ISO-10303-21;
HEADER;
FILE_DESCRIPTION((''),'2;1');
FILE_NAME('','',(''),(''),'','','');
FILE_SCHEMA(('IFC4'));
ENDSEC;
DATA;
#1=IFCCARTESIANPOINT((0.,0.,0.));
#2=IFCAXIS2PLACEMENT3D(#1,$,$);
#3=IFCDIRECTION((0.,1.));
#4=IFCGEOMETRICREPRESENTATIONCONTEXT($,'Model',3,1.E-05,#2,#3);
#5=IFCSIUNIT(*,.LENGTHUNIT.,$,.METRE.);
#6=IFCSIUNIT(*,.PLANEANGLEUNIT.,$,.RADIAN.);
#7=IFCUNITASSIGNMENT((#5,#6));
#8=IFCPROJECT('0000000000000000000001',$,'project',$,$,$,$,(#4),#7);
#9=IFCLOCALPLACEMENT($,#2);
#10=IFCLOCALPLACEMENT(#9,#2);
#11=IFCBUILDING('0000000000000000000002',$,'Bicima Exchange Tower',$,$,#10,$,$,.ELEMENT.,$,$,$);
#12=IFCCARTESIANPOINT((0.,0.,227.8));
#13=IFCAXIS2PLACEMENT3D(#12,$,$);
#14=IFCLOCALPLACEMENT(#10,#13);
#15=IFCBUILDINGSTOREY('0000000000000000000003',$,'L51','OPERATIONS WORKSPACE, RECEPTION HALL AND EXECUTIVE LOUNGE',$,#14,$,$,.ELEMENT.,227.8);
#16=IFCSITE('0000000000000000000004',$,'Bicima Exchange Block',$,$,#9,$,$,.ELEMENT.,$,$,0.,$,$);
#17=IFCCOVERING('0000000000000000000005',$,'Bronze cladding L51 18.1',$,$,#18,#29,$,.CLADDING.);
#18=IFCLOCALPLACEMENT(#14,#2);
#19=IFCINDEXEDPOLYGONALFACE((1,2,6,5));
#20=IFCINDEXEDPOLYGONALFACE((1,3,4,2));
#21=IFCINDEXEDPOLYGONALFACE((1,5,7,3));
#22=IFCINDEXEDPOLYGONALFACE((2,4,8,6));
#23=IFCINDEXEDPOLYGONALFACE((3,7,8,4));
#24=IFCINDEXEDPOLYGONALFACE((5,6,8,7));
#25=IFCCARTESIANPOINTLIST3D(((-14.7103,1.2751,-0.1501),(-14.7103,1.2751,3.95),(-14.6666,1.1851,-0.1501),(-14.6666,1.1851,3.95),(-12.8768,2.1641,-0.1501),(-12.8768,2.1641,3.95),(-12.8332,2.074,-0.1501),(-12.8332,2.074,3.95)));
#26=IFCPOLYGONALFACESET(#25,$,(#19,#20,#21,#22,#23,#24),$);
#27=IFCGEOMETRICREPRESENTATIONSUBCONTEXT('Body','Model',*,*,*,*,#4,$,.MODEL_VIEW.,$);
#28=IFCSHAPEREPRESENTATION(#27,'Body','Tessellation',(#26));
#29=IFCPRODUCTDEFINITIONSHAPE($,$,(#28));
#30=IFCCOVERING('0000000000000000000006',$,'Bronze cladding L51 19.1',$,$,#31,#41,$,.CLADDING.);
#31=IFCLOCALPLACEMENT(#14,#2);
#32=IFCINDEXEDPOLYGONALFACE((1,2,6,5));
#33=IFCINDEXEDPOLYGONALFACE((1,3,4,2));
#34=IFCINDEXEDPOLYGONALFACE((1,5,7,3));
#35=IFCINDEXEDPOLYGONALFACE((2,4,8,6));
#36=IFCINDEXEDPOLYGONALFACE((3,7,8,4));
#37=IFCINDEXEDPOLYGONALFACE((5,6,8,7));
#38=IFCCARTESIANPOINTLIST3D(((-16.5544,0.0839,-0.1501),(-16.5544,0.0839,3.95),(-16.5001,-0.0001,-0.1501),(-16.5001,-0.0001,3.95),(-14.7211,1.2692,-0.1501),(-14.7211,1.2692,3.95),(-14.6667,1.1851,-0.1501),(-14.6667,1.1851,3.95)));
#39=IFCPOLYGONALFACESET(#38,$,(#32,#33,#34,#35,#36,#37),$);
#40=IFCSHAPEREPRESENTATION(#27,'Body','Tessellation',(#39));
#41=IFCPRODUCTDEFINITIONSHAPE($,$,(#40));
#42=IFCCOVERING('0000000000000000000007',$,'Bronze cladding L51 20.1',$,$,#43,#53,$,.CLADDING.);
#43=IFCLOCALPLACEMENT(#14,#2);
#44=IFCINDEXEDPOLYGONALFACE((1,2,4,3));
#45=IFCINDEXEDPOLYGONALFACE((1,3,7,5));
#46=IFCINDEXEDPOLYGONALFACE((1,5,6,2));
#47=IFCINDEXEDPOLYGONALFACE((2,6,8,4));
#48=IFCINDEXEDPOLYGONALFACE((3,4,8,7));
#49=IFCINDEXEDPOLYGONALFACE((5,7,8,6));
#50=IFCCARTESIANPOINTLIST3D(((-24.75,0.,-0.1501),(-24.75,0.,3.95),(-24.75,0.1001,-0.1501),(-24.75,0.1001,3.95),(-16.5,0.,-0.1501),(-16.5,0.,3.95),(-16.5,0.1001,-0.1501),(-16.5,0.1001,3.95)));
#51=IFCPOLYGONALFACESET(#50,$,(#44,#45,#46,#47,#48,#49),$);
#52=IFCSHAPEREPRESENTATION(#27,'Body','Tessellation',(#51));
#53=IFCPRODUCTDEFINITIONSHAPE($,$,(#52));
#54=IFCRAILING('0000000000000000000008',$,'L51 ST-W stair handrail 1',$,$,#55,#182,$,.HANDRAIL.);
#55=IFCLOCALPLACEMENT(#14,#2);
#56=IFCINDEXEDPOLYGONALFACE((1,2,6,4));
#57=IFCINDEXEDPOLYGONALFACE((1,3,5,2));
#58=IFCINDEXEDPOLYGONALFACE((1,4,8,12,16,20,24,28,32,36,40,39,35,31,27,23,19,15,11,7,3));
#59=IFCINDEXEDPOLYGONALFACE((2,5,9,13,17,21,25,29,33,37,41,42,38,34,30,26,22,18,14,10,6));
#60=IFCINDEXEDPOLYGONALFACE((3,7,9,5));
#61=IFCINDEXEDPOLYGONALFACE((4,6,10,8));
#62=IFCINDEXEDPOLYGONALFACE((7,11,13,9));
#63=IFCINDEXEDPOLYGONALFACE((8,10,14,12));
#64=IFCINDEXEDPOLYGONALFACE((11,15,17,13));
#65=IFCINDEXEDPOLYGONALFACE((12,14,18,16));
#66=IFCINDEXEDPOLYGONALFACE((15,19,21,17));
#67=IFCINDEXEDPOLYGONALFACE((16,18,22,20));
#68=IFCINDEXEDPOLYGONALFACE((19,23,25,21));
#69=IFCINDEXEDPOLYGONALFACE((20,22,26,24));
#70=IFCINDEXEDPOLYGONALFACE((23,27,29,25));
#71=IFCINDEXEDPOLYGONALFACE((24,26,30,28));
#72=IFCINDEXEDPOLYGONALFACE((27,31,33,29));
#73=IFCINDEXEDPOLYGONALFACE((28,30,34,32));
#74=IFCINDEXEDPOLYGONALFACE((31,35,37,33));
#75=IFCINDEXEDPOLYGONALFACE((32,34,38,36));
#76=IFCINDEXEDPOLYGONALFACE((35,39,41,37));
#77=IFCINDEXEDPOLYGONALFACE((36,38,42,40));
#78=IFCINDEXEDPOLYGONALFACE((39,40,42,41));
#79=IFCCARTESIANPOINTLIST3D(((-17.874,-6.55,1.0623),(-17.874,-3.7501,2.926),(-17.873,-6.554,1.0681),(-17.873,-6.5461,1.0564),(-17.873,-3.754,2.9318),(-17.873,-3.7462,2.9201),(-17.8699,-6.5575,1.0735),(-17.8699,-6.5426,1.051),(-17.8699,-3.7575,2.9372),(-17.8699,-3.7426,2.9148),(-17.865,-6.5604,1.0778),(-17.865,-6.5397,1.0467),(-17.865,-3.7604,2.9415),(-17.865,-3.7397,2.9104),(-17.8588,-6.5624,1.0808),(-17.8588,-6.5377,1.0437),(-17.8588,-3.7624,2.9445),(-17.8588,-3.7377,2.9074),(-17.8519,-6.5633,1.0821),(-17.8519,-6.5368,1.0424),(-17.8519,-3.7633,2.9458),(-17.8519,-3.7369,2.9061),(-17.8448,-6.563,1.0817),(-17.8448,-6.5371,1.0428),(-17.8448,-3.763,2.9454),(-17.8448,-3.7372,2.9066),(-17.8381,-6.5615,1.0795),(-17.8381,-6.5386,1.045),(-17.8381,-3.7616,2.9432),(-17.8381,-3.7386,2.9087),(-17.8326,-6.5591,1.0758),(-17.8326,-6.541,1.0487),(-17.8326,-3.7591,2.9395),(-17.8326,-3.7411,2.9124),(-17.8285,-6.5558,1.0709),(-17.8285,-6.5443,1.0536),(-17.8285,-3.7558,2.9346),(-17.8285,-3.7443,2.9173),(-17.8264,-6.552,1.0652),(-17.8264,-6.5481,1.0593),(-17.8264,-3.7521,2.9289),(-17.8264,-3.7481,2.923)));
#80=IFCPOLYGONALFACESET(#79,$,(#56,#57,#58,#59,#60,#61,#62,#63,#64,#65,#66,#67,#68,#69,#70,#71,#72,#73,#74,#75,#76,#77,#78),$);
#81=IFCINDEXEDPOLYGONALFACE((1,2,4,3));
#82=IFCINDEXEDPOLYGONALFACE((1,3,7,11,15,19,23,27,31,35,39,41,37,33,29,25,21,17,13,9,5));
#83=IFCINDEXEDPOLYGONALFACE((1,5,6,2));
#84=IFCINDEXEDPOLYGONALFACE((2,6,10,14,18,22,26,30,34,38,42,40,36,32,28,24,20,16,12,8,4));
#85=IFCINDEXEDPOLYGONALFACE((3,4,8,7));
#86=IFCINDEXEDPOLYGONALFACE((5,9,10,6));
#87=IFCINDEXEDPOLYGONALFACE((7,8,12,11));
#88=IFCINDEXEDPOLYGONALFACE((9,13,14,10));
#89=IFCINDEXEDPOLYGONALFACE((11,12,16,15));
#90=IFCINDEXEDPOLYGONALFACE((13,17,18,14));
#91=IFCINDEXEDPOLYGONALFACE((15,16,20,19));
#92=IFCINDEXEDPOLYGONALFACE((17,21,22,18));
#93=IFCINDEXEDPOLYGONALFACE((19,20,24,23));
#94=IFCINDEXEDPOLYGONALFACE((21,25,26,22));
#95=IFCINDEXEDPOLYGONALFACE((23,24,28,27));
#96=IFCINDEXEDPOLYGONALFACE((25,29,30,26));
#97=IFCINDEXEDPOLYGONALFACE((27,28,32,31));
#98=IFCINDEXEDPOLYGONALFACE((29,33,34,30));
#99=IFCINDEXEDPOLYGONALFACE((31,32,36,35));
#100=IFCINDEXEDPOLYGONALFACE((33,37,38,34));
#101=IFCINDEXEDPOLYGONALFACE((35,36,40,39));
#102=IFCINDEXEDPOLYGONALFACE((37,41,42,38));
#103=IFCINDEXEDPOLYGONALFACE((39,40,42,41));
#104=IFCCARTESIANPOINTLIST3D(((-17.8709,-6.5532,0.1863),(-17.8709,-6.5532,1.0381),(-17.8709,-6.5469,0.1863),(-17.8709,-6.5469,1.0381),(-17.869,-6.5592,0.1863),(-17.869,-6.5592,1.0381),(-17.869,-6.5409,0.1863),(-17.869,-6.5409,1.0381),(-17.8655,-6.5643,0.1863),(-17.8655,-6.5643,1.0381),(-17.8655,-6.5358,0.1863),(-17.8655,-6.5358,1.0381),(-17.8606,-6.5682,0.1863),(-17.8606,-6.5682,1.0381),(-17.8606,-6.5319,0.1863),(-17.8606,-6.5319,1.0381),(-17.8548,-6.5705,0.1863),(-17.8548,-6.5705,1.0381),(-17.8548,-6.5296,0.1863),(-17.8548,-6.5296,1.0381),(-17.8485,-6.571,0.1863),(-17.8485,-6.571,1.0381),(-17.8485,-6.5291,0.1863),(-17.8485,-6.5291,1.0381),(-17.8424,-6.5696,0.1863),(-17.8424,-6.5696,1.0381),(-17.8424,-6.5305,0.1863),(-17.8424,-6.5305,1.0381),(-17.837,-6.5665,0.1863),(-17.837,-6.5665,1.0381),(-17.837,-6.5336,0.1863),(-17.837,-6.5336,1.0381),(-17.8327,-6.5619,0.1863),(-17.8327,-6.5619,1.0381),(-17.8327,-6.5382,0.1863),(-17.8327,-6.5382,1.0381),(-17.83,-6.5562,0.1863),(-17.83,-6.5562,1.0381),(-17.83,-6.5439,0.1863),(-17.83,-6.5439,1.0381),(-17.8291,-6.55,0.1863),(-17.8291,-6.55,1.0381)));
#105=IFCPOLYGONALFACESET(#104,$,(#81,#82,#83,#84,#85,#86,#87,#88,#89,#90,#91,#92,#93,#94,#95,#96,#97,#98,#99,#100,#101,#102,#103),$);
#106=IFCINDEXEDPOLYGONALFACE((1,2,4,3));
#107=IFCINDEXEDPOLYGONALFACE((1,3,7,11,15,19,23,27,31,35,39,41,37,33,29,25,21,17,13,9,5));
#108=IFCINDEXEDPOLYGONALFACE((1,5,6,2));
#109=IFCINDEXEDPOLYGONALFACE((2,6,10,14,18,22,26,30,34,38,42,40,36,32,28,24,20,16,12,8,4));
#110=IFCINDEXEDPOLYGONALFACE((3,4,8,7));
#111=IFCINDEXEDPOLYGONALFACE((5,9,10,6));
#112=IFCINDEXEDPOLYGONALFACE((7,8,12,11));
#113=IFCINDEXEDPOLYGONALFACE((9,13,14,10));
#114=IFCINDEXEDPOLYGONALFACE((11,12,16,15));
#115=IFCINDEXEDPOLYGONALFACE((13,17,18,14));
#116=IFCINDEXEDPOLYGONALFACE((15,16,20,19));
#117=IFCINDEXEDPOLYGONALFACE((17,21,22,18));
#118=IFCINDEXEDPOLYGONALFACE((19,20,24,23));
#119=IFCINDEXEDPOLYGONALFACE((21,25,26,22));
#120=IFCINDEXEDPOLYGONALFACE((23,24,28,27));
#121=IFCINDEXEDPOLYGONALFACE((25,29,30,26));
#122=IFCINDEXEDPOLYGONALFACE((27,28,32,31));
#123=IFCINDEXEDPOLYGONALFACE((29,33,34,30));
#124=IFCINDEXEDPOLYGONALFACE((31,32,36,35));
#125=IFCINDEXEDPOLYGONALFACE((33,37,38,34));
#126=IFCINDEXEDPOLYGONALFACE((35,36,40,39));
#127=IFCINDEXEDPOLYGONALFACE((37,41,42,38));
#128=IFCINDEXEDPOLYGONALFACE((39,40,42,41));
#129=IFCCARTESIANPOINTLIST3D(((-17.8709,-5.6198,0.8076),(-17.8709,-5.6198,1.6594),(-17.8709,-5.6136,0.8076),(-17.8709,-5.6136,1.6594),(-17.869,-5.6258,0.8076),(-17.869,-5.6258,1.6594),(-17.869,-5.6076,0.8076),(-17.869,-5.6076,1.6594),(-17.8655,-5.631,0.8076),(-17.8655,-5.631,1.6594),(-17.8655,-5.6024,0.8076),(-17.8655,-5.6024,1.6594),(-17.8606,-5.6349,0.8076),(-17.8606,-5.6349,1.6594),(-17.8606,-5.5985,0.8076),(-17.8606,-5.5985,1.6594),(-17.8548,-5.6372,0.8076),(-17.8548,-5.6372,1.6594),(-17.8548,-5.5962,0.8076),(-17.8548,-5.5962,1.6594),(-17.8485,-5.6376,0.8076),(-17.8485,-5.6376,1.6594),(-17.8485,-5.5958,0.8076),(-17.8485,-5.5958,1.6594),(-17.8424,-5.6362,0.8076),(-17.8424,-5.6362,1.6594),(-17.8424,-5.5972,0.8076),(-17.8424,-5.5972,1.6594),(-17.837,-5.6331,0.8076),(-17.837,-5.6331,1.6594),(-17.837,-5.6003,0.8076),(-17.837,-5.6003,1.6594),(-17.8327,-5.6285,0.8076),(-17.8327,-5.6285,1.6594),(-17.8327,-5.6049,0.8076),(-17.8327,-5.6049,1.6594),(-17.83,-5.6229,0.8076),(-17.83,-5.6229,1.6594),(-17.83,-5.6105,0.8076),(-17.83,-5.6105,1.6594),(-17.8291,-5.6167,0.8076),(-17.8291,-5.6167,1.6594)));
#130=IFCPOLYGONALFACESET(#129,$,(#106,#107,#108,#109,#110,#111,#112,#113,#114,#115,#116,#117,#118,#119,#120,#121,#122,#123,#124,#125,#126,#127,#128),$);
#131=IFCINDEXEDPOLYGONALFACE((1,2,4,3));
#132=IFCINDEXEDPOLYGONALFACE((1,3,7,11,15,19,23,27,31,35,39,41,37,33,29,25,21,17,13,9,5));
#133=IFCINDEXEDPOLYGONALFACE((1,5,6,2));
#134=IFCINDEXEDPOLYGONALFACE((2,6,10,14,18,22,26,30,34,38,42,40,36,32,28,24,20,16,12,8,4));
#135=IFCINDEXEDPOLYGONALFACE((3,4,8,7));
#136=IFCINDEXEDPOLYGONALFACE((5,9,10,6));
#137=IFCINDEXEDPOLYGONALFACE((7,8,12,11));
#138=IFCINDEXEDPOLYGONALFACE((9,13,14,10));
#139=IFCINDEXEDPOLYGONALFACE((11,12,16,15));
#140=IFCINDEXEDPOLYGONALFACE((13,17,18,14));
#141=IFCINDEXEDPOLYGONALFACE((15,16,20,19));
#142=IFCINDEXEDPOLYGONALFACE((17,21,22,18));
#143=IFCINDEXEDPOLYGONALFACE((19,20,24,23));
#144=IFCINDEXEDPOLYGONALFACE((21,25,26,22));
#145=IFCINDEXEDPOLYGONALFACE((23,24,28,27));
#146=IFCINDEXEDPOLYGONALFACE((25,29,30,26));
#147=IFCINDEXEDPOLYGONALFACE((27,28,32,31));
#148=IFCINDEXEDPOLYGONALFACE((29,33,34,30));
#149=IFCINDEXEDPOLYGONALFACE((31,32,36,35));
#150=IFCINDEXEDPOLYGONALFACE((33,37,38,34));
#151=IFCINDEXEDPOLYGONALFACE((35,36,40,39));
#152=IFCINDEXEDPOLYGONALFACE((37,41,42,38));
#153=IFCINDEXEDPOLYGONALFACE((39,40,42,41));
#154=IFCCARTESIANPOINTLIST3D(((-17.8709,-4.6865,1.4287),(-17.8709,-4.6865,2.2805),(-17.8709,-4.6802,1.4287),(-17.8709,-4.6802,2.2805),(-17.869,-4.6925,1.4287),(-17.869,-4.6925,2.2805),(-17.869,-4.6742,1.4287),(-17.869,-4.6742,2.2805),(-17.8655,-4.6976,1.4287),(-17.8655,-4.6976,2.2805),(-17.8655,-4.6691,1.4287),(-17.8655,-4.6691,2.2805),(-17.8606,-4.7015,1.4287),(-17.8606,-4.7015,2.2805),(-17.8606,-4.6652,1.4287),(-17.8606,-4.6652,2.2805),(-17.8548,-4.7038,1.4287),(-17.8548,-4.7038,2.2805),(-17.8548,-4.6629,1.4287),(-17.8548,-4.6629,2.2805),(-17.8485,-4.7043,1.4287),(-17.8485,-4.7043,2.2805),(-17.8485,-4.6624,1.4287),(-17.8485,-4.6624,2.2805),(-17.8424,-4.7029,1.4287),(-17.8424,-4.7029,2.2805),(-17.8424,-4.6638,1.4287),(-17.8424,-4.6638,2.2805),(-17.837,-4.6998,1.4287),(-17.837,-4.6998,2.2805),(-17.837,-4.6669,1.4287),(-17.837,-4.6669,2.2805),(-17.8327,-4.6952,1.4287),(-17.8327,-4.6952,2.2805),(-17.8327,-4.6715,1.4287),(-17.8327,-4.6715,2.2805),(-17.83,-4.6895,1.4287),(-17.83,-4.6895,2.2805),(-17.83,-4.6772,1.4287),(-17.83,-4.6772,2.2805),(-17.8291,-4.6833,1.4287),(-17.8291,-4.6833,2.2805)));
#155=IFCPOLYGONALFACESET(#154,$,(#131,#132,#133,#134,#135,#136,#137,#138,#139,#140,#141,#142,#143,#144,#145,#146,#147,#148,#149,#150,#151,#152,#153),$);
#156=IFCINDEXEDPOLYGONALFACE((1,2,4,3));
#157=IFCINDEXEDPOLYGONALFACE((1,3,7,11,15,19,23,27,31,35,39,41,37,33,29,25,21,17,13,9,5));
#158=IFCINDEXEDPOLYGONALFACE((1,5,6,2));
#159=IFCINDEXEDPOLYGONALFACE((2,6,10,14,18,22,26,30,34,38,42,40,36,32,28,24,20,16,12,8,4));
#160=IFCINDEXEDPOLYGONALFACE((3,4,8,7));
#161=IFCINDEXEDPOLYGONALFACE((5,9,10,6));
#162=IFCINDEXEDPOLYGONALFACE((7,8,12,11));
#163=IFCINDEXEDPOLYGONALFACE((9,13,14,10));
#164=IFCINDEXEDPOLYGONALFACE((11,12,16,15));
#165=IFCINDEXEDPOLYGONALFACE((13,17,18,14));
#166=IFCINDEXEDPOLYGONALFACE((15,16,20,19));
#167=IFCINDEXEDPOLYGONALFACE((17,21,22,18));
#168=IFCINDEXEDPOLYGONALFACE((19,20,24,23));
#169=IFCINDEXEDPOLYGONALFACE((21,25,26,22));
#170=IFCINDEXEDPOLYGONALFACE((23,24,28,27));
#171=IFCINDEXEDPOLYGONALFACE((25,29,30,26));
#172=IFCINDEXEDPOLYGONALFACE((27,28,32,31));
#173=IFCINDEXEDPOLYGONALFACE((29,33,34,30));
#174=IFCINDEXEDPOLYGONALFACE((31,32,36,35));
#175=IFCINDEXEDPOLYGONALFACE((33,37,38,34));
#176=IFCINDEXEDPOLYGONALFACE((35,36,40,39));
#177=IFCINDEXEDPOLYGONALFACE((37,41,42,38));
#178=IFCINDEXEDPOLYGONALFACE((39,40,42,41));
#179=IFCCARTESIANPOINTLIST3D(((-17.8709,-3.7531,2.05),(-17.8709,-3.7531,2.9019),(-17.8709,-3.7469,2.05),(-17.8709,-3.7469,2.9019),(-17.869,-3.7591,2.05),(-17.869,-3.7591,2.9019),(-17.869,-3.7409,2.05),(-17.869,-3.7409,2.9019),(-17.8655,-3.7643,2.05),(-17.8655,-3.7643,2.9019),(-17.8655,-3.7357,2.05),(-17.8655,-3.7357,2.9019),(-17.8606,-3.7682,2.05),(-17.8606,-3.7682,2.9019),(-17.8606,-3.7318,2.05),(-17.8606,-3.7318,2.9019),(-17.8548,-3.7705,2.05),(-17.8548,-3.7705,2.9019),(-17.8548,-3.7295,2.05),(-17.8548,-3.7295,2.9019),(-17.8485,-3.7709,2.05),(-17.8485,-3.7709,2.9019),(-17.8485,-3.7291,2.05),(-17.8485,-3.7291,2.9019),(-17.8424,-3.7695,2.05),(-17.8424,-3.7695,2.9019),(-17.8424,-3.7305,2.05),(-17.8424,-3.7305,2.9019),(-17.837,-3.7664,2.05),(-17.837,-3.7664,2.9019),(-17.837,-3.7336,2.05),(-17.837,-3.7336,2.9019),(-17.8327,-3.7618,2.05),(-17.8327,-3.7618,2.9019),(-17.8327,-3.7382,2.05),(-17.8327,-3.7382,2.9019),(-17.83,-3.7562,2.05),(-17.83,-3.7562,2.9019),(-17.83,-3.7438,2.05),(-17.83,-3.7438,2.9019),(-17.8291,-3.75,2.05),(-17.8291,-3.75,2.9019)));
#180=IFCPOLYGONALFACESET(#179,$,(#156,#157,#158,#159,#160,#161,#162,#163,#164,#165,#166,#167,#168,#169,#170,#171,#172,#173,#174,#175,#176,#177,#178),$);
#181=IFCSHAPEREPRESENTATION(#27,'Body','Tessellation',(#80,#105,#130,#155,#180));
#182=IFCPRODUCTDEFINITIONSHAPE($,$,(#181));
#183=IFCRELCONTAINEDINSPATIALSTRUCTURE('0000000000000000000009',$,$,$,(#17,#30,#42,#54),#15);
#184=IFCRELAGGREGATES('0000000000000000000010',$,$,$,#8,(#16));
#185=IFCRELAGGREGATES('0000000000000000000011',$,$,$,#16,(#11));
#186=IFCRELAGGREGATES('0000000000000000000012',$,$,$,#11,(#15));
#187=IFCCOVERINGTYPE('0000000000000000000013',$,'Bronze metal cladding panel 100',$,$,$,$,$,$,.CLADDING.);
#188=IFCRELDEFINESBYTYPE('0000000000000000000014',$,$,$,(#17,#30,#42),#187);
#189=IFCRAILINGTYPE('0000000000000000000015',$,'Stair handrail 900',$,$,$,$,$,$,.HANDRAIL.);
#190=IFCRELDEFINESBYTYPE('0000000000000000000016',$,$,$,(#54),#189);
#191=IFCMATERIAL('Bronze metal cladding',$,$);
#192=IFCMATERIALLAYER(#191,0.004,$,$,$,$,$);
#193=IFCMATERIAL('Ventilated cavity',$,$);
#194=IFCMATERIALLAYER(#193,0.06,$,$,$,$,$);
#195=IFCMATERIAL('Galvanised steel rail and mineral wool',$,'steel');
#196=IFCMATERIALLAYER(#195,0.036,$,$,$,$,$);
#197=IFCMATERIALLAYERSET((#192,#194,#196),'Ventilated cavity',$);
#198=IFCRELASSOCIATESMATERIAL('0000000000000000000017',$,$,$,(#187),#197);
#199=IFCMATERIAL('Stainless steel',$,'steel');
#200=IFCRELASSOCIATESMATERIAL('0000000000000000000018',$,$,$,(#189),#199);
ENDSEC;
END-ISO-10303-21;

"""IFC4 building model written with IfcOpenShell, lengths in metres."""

from ifc_helpers import new_model, si_unit, direction, frame, origin, origin_2d, place, context, subcontext, project, spatial, rectangle, circle, extrude, material, layer, layer_set, type_object, element, save


model = new_model("IFC4")

# Units and contexts
model_context = context("Model", 3, precision=1e-05, world=origin(), true_north=direction((0.0, 1.0)))
body_context = subcontext(model_context, "Body", "Model", "MODEL_VIEW")
ifc_project = project(units=[si_unit("LENGTHUNIT", "METRE"), si_unit("PLANEANGLEUNIT", "RADIAN")], contexts=[model_context])

# Site, building, storey
site_placement = place(None, origin())
site = spatial("IfcSite", under=ifc_project, at=site_placement, Name="Bicima Exchange Block", CompositionType="ELEMENT", RefElevation=0.0)
building_placement = place(site_placement, origin())
building = spatial("IfcBuilding", under=site, at=building_placement, Name="Bicima Exchange Tower", CompositionType="ELEMENT")
storey_placement = place(building_placement, frame((0.0, 0.0, 227.8)))
storey = spatial("IfcBuildingStorey", under=building, at=storey_placement, Name="L51", Description="OPERATIONS WORKSPACE, RECEPTION HALL AND EXECUTIVE LOUNGE", CompositionType="ELEMENT", Elevation=227.8)

# Shared definitions
ifc_material_1 = material(Name="Stainless steel", Category="steel")

# Coverings
ifc_material_2 = material(Name="Bronze metal cladding")
ifc_layer_1 = layer(ifc_material_2, 0.004)
ifc_material_3 = material(Name="Ventilated cavity")
ifc_layer_2 = layer(ifc_material_3, 0.06)
ifc_material_4 = material(Name="Galvanised steel rail and mineral wool", Category="steel")
ifc_layer_3 = layer(ifc_material_4, 0.036)
ifc_layer_set_1 = layer_set([ifc_layer_1, ifc_layer_2, ifc_layer_3], Name="Ventilated cavity")
covering_type = type_object("IfcCoveringType", Name="Bronze metal cladding panel 100", PredefinedType="CLADDING", material=ifc_layer_set_1)
covering_1_placement = place(storey_placement, frame((-13.7717, 1.6746, -0.1501), z_axis=(0.0, 0.0, 1.0), x_axis=(-0.899818, -0.436265, 0.0)))
element("IfcCovering", 1, at=covering_1_placement, inside=storey, type_object=covering_type, Name="Bronze cladding L51 18.1", PredefinedType="CLADDING", context=body_context, shape_type="SweptSolid", body=[
    extrude(rectangle(XDim=2.0376, YDim=0.1001, at=origin_2d()), origin(), (0.0, 0.0, 1.0), 4.1001),
])
covering_2_placement = place(storey_placement, frame((-15.6106, 0.6345, -0.1501), z_axis=(0.0, 0.0, 1.0), x_axis=(-0.83979, -0.542911, 0.0)))
element("IfcCovering", 2, at=covering_2_placement, inside=storey, type_object=covering_type, Name="Bronze cladding L51 19.1", PredefinedType="CLADDING", context=body_context, shape_type="SweptSolid", body=[
    extrude(rectangle(XDim=2.1831, YDim=0.1001, at=origin_2d()), origin(), (0.0, 0.0, 1.0), 4.1001),
])
covering_3_placement = place(storey_placement, frame((-20.625, 0.05, -0.1501), z_axis=(0.0, 0.0, 1.0), x_axis=(-1.0, 0.0, 0.0)))
element("IfcCovering", 3, at=covering_3_placement, inside=storey, type_object=covering_type, Name="Bronze cladding L51 20.1", PredefinedType="CLADDING", context=body_context, shape_type="SweptSolid", body=[
    extrude(rectangle(XDim=8.25, YDim=0.1001, at=origin_2d()), origin(), (0.0, 0.0, 1.0), 4.1001),
])

# Railing
railing_type_1 = type_object("IfcRailingType", Name="Stair handrail 900", PredefinedType="HANDRAIL", material=ifc_material_1)
railing_1_placement = place(storey_placement, frame((-17.8501, -6.55, 0.1863)))
element("IfcRailing", 4, at=railing_1_placement, inside=storey, type_object=railing_type_1, Name="L51 ST-W stair handrail 1", PredefinedType="HANDRAIL", context=body_context, shape_type="SweptSolid", body=[
    extrude(circle(Radius=0.0239, at=origin_2d()), frame((0.0, 0.0, 0.876), z_axis=(0.0, 0.832452, 0.554097), x_axis=(-1.0, 0.0, 0.0)), (0.0, 0.0, 1.0), 3.3635),
    extrude(circle(Radius=0.021, at=origin_2d()), origin(), (0.0, 0.0, 1.0), 0.8518),
    extrude(circle(Radius=0.021, at=origin_2d()), frame((0.0, 0.9333, 0.6213)), (0.0, 0.0, 1.0), 0.8518),
    extrude(circle(Radius=0.021, at=origin_2d()), frame((0.0, 1.8667, 1.2424)), (0.0, 0.0, 1.0), 0.8518),
    extrude(circle(Radius=0.021, at=origin_2d()), frame((0.0, 2.8, 1.8638)), (0.0, 0.0, 1.0), 0.8518),
])

save(model, "model.ifc")
